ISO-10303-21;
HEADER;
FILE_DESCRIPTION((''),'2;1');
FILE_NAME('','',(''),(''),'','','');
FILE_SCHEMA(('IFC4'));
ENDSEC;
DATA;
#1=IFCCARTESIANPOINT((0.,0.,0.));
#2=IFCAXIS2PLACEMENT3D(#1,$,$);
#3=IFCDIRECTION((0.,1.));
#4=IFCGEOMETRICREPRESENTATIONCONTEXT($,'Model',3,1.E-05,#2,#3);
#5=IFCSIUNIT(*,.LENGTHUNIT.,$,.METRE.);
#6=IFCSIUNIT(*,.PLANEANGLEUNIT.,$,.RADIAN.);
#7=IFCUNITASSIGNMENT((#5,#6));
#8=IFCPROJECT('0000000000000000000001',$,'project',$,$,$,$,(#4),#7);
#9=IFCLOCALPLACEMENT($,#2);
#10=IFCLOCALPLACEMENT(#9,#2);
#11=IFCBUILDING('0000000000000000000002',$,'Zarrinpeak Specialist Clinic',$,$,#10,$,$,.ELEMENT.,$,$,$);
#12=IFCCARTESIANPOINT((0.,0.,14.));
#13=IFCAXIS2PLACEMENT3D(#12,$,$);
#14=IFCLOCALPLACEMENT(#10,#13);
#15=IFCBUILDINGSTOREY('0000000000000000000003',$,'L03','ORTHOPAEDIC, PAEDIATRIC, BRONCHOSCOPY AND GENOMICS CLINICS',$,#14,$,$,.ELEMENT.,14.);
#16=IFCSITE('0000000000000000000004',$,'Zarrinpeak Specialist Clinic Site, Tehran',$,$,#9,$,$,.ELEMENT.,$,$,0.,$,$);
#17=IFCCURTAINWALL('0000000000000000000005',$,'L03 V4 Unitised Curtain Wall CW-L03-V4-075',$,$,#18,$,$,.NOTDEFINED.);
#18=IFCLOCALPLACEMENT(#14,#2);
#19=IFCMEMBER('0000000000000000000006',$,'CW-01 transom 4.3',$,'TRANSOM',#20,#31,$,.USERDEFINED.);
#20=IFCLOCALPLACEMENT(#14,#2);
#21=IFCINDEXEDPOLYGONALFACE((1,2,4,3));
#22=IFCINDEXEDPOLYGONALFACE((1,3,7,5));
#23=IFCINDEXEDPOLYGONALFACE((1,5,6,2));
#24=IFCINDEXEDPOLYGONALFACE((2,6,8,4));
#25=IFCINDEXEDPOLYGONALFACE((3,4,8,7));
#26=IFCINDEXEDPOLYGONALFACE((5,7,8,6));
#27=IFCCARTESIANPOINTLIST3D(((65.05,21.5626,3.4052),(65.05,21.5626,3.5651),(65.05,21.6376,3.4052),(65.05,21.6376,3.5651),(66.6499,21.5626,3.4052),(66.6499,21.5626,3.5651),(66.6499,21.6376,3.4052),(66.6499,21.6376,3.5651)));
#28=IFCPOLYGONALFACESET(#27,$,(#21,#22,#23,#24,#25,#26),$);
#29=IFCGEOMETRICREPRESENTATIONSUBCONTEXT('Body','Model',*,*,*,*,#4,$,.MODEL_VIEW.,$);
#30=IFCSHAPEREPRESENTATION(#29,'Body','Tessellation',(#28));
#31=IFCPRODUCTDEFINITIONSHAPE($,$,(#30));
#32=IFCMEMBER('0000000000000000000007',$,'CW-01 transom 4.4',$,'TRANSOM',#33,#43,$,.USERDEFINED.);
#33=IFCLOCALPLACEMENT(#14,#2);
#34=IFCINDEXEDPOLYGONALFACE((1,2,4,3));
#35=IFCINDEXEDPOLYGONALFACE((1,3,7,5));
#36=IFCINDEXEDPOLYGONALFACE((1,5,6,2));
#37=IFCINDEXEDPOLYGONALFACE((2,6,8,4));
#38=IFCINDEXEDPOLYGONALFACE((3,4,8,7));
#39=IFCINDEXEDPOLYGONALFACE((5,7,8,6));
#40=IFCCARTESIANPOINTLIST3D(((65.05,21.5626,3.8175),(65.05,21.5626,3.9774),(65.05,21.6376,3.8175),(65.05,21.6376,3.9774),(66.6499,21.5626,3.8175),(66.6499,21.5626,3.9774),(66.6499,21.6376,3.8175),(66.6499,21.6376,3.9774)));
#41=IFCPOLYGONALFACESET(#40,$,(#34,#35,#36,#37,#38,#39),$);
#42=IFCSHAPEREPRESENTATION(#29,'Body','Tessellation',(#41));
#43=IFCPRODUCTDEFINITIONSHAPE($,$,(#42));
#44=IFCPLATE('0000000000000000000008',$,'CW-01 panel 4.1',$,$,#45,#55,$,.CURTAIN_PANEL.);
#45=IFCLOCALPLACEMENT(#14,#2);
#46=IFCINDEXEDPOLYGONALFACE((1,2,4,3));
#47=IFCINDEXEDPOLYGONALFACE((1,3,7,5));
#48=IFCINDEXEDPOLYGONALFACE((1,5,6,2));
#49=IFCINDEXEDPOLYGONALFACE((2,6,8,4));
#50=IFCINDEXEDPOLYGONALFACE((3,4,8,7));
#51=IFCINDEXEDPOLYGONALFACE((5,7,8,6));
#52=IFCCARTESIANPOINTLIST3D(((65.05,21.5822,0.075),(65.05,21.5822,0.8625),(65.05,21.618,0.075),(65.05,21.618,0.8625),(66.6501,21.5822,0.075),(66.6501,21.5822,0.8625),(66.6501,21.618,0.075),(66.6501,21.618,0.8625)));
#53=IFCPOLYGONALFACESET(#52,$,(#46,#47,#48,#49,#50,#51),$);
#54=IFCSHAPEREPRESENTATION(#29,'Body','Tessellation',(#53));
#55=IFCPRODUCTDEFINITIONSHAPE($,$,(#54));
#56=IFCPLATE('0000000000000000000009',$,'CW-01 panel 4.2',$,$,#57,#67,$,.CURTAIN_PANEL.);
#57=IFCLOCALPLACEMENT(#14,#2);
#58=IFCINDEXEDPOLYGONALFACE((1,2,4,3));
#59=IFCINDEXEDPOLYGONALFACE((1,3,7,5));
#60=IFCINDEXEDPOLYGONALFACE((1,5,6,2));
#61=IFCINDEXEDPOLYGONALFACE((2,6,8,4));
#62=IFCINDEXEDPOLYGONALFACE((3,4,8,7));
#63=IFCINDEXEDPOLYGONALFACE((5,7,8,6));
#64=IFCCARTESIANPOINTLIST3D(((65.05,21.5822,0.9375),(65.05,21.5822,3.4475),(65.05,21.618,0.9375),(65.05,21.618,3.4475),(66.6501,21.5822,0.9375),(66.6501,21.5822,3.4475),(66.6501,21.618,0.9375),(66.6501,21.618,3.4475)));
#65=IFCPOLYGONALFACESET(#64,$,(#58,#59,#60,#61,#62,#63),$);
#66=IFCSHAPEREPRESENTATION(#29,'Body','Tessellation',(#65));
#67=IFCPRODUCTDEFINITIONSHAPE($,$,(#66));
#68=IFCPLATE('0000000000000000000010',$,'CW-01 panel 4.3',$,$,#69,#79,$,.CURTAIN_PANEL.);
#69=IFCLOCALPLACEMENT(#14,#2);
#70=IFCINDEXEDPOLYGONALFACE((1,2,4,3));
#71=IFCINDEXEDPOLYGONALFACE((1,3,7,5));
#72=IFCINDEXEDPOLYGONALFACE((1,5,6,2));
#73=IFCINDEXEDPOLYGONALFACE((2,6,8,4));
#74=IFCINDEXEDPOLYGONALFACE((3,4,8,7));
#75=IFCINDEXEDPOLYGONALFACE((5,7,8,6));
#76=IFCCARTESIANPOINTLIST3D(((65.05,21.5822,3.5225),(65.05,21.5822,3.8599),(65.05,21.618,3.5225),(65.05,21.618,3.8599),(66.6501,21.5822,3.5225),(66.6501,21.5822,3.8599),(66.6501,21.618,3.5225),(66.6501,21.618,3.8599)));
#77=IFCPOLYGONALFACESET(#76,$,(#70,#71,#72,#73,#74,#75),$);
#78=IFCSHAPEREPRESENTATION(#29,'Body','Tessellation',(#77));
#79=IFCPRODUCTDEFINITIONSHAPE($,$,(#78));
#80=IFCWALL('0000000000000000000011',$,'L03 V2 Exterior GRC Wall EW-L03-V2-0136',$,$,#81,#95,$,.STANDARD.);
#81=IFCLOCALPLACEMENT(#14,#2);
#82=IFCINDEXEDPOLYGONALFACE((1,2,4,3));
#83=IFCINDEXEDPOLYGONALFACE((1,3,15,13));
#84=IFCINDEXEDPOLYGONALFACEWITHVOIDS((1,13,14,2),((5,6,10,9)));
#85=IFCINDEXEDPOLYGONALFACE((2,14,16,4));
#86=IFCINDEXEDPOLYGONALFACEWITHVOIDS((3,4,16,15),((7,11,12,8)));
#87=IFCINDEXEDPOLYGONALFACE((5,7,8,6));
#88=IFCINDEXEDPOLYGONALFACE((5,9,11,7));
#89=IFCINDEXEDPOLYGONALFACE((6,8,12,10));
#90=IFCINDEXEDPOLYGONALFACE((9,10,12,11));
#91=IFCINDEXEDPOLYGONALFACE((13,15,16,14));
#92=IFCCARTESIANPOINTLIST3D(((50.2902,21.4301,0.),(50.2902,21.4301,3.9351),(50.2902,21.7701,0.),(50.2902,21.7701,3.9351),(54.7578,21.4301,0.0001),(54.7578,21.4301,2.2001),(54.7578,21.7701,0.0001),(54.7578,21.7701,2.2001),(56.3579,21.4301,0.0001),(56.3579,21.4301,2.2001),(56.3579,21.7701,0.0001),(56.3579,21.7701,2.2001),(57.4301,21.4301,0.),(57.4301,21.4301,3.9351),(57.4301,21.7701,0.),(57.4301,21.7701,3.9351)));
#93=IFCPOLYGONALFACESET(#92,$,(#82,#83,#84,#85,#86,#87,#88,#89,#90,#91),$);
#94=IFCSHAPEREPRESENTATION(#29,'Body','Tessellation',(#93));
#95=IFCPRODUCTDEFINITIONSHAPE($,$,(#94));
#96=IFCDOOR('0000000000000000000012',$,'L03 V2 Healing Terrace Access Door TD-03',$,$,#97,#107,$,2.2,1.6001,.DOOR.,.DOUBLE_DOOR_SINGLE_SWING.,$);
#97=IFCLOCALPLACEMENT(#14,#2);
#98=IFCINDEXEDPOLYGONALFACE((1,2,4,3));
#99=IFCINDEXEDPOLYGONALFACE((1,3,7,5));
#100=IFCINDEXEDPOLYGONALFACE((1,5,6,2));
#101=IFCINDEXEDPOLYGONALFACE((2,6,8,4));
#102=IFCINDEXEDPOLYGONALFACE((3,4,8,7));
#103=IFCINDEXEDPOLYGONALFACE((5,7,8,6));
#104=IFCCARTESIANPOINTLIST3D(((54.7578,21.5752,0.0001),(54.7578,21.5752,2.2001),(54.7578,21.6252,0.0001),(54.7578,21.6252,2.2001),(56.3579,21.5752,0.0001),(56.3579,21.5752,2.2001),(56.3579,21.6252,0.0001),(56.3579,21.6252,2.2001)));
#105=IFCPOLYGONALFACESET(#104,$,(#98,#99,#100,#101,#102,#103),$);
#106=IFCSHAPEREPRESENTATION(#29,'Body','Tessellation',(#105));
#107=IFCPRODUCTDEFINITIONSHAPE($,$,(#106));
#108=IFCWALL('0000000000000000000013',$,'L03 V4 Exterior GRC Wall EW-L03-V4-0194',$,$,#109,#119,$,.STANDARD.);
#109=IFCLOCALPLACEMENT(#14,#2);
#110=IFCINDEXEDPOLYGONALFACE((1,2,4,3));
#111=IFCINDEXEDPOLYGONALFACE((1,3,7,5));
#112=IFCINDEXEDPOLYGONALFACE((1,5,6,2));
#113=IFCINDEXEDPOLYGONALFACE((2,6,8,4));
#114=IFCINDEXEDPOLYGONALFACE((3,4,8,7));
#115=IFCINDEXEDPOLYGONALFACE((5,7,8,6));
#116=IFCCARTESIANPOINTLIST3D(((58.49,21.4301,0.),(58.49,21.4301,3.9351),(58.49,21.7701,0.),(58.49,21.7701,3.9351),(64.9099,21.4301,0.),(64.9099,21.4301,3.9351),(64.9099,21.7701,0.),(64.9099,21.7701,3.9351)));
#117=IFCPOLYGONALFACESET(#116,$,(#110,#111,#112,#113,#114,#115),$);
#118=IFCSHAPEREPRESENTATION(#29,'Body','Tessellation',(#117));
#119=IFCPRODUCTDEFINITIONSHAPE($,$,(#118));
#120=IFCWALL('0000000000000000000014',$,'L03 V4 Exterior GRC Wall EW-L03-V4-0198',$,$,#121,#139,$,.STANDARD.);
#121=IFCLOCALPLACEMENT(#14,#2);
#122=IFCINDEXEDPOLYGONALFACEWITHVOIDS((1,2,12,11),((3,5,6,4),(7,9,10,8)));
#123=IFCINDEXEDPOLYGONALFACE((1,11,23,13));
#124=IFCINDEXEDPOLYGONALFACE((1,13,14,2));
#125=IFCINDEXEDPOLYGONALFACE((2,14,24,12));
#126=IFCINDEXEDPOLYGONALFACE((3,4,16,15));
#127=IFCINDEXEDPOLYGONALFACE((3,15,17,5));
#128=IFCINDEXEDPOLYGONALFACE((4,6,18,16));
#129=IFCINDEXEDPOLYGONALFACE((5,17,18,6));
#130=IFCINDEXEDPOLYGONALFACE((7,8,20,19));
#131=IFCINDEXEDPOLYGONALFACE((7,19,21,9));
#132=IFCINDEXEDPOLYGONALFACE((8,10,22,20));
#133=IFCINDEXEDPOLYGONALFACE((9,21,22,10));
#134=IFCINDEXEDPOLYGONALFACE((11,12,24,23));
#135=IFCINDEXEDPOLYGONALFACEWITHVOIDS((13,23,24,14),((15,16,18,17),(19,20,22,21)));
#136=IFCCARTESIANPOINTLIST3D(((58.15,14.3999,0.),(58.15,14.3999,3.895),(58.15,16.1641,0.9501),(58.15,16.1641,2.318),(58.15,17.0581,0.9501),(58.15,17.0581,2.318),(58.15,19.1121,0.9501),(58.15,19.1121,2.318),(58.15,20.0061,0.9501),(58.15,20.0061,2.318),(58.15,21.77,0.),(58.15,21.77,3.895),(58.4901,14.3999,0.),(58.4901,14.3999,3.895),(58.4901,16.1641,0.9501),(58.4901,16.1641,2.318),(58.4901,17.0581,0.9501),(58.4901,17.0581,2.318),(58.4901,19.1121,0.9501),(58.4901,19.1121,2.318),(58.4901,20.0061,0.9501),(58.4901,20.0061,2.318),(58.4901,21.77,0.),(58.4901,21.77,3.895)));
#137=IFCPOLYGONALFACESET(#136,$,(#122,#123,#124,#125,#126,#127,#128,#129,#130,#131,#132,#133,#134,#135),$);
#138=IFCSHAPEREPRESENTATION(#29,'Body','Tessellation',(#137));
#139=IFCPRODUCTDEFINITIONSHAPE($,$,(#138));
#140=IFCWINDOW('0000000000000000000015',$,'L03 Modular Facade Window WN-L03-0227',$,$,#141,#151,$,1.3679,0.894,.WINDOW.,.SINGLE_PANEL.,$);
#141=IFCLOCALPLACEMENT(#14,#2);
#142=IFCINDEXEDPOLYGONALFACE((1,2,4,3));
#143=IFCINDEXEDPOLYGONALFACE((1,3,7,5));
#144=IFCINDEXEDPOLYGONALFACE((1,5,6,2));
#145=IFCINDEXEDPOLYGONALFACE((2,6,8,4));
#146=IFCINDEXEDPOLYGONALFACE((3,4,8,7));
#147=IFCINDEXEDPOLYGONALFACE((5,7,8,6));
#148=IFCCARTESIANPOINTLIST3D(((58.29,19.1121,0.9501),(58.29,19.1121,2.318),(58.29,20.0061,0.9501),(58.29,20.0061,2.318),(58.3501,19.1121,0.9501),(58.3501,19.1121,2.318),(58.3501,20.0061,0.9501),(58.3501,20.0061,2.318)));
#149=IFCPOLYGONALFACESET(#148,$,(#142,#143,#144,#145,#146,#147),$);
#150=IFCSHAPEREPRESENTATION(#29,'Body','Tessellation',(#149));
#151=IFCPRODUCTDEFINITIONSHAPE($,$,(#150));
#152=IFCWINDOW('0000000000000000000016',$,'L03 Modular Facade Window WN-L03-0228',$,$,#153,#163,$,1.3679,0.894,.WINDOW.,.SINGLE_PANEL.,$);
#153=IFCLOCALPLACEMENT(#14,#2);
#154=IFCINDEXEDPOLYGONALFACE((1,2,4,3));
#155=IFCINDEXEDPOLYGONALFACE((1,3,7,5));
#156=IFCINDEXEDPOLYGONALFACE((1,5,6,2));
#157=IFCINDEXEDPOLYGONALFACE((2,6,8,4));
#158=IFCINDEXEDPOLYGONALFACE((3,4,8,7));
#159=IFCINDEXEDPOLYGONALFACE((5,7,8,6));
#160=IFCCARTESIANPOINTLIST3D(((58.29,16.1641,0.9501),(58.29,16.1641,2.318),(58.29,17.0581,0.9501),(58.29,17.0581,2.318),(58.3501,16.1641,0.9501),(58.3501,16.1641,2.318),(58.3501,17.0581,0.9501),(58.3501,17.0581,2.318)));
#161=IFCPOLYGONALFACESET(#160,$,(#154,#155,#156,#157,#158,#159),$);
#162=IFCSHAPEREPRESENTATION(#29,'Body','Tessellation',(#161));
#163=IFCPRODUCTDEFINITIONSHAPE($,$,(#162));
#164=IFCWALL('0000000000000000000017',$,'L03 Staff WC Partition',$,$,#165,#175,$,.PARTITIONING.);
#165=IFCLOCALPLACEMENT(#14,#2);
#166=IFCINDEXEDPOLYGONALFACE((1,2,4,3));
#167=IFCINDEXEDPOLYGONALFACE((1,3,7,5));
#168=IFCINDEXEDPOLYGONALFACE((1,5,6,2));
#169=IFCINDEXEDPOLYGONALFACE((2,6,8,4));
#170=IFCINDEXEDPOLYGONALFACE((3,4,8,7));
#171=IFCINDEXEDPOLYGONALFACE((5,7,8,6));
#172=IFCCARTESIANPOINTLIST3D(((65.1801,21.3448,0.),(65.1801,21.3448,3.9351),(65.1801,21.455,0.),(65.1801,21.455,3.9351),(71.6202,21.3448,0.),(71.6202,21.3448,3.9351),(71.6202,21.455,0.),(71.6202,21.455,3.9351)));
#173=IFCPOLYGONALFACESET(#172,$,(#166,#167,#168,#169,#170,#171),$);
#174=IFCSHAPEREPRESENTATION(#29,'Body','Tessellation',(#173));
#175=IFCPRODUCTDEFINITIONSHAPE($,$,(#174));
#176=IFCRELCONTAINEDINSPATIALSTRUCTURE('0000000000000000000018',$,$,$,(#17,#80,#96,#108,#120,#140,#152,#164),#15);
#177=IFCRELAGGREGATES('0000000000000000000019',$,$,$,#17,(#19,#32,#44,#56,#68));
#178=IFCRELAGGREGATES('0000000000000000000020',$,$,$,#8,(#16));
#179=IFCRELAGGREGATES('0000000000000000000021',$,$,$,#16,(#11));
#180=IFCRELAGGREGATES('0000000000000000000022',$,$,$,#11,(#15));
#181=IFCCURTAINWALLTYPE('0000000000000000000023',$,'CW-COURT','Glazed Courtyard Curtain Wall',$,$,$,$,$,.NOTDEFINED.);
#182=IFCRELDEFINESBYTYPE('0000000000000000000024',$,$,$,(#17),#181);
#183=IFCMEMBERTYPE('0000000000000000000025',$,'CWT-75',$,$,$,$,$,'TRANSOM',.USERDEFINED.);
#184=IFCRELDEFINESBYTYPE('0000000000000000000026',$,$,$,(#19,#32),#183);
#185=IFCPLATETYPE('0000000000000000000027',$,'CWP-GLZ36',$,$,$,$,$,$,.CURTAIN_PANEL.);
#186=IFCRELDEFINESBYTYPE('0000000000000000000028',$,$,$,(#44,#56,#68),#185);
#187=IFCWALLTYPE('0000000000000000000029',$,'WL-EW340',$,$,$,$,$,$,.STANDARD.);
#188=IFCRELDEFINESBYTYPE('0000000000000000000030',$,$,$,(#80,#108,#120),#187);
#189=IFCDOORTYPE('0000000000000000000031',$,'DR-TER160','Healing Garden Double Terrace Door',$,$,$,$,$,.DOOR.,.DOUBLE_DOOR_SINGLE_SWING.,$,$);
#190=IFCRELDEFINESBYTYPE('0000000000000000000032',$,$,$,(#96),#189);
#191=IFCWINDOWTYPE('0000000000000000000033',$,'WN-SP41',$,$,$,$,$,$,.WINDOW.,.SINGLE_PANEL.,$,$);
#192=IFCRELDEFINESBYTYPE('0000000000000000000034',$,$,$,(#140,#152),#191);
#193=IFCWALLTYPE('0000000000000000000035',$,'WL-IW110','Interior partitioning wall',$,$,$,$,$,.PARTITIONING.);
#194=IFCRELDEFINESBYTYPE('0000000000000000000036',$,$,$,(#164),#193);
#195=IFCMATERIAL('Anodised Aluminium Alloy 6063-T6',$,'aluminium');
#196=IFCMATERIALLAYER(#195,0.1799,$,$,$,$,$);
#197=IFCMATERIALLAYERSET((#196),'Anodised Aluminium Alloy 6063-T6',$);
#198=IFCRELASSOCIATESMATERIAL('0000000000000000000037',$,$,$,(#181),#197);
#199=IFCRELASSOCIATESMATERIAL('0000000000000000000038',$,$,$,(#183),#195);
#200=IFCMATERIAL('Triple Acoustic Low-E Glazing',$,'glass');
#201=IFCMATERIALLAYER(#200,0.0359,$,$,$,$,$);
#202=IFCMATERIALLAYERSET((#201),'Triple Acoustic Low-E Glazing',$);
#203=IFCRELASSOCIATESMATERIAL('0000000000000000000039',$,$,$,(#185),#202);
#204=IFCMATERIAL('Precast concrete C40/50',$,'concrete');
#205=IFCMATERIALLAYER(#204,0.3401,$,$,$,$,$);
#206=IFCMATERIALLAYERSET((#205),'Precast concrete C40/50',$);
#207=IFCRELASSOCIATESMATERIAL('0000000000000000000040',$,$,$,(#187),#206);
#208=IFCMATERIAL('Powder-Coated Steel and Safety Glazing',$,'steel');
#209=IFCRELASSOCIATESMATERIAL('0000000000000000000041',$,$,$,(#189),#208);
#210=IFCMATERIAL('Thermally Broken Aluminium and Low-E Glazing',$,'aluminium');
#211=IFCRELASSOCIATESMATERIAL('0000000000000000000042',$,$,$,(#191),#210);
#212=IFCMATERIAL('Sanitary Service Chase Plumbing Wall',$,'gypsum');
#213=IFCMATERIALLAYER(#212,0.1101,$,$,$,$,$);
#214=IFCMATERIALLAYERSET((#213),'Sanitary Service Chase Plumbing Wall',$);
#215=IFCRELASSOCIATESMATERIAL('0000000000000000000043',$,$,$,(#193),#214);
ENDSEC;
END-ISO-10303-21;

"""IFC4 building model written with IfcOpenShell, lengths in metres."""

from ifc_helpers import new_model, si_unit, direction, frame, frame_2d, origin, origin_2d, place, context, subcontext, project, spatial, rectangle, extrude, material, layer, layer_set, material_profile, profile_set, type_object, element, fill, aggregate, save


model = new_model("IFC4")

# Units and contexts
model_context = context("Model", 3, precision=1e-05, world=origin(), true_north=direction((0.0, 1.0)))
body_context = subcontext(model_context, "Body", "Model", "MODEL_VIEW")
ifc_project = project(units=[si_unit("LENGTHUNIT", "METRE"), si_unit("PLANEANGLEUNIT", "RADIAN")], contexts=[model_context])

# Site, building, storey
site_placement = place(None, origin())
site = spatial("IfcSite", under=ifc_project, at=site_placement, Name="Zarrinpeak Specialist Clinic Site, Tehran", CompositionType="ELEMENT", RefElevation=0.0)
building_placement = place(site_placement, origin())
building = spatial("IfcBuilding", under=site, at=building_placement, Name="Zarrinpeak Specialist Clinic", CompositionType="ELEMENT")
storey_placement = place(building_placement, frame((0.0, 0.0, 14.0)))
storey = spatial("IfcBuildingStorey", under=building, at=storey_placement, Name="L03", Description="ORTHOPAEDIC, PAEDIATRIC, BRONCHOSCOPY AND GENOMICS CLINICS", CompositionType="ELEMENT", Elevation=14.0)

# Curtain wall, members, plates
ifc_material_1 = material(Name="Anodised Aluminium Alloy 6063-T6", Category="aluminium")
ifc_layer_1 = layer(ifc_material_1, 0.1799)
ifc_layer_set_1 = layer_set([ifc_layer_1], Name="Anodised Aluminium Alloy 6063-T6")
curtain_wall_type = type_object("IfcCurtainWallType", Name="CW-COURT", Description="Glazed Courtyard Curtain Wall", PredefinedType="NOTDEFINED", material=ifc_layer_set_1)
curtain_wall_placement = place(storey_placement, origin())
curtain_wall = element("IfcCurtainWall", 1, at=curtain_wall_placement, inside=storey, type_object=curtain_wall_type, Name="L03 V4 Unitised Curtain Wall CW-L03-V4-075", PredefinedType="NOTDEFINED")
ifc_material_profile_1 = material_profile(ifc_material_1, rectangle(XDim=0.075, YDim=0.1599, at=origin_2d()), Name="ALU 75x160")
ifc_profile_set_1 = profile_set([ifc_material_profile_1], Name="Anodised Aluminium Alloy 6063-T6")
member_type_1 = type_object("IfcMemberType", Name="CWT-75", ElementType="TRANSOM", PredefinedType="USERDEFINED", material=ifc_profile_set_1)
member_1_placement = place(storey_placement, frame((66.6499, 21.6001, 3.4851), z_axis=(-1.0, 0.0, 0.0), x_axis=(0.0, -1.0, 0.0)))
member_1 = element("IfcMember", 2, at=member_1_placement, type_object=member_type_1, Name="CW-01 transom 4.3", ObjectType="TRANSOM", PredefinedType="USERDEFINED", context=body_context, shape_type="SweptSolid", body=[
    extrude(rectangle(XDim=0.075, YDim=0.1599, at=origin_2d()), origin(), (0.0, 0.0, 1.0), 1.5999),
])
member_2_placement = place(storey_placement, frame((66.6499, 21.6001, 3.8975), z_axis=(-1.0, 0.0, 0.0), x_axis=(0.0, -1.0, 0.0)))
member_2 = element("IfcMember", 3, at=member_2_placement, type_object=member_type_1, Name="CW-01 transom 4.4", ObjectType="TRANSOM", PredefinedType="USERDEFINED", context=body_context, shape_type="SweptSolid", body=[
    extrude(rectangle(XDim=0.075, YDim=0.1599, at=origin_2d()), origin(), (0.0, 0.0, 1.0), 1.5999),
])
ifc_material_2 = material(Name="Triple Acoustic Low-E Glazing", Category="glass")
ifc_layer_2 = layer(ifc_material_2, 0.0359)
ifc_layer_set_2 = layer_set([ifc_layer_2], Name="Triple Acoustic Low-E Glazing")
plate_type = type_object("IfcPlateType", Name="CWP-GLZ36", PredefinedType="CURTAIN_PANEL", material=ifc_layer_set_2)
plate_1_placement = place(storey_placement, frame((65.8501, 21.6001, 0.075), z_axis=(0.0, 0.0, 1.0), x_axis=(-1.0, 0.0, 0.0)))
plate_1 = element("IfcPlate", 4, at=plate_1_placement, type_object=plate_type, Name="CW-01 panel 4.1", PredefinedType="CURTAIN_PANEL", context=body_context, shape_type="SweptSolid", body=[
    extrude(rectangle(XDim=1.6001, YDim=0.0359, at=origin_2d()), origin(), (0.0, 0.0, 1.0), 0.7876),
])
plate_2_placement = place(storey_placement, frame((65.8501, 21.6001, 0.9375), z_axis=(0.0, 0.0, 1.0), x_axis=(-1.0, 0.0, 0.0)))
plate_2 = element("IfcPlate", 5, at=plate_2_placement, type_object=plate_type, Name="CW-01 panel 4.2", PredefinedType="CURTAIN_PANEL", context=body_context, shape_type="SweptSolid", body=[
    extrude(rectangle(XDim=1.6001, YDim=0.0359, at=origin_2d()), origin(), (0.0, 0.0, 1.0), 2.51),
])
plate_3_placement = place(storey_placement, frame((65.8501, 21.6001, 3.5225), z_axis=(0.0, 0.0, 1.0), x_axis=(-1.0, 0.0, 0.0)))
plate_3 = element("IfcPlate", 6, at=plate_3_placement, type_object=plate_type, Name="CW-01 panel 4.3", PredefinedType="CURTAIN_PANEL", context=body_context, shape_type="SweptSolid", body=[
    extrude(rectangle(XDim=1.6001, YDim=0.0359, at=origin_2d()), origin(), (0.0, 0.0, 1.0), 0.3374),
])
aggregate(curtain_wall, [member_1, member_2, plate_1, plate_2, plate_3])

# Wall, opening, door
ifc_material_3 = material(Name="Precast concrete C40/50", Category="concrete")
ifc_layer_3 = layer(ifc_material_3, 0.3401)
ifc_layer_set_3 = layer_set([ifc_layer_3], Name="Precast concrete C40/50")
wall_type_1 = type_object("IfcWallType", Name="WL-EW340", PredefinedType="STANDARD", material=ifc_layer_set_3)
wall_1_placement = place(storey_placement, frame((57.4299, 21.6001, 0.0), z_axis=(0.0, 0.0, 1.0), x_axis=(-1.0, 0.0, 0.0)))
wall_1 = element("IfcWall", 7, at=wall_1_placement, inside=storey, type_object=wall_type_1, Name="L03 V2 Exterior GRC Wall EW-L03-V2-0136", PredefinedType="STANDARD", context=body_context, shape_type="SweptSolid", body=[
    extrude(rectangle(XDim=7.1399, YDim=0.3401, at=frame_2d((3.5698, 0.0))), origin(), (0.0, 0.0, 1.0), 3.9351),
])
opening_1_placement = place(wall_1_placement, frame((1.072, 0.0, 0.0)))
opening_1 = element("IfcOpeningElement", 8, at=opening_1_placement, cuts=wall_1, PredefinedType="OPENING", context=body_context, shape_type="SweptSolid", body=[
    extrude(rectangle(XDim=1.6001, YDim=2.2, at=frame_2d((0.8, 1.1001))), frame((0.0, 0.1802, 0.0), z_axis=(0.0, -1.0, 0.0), x_axis=(1.0, 0.0, 0.0)), (0.0, 0.0, 1.0), 0.3601),
])
ifc_material_4 = material(Name="Powder-Coated Steel and Safety Glazing", Category="steel")
door_type = type_object("IfcDoorType", Name="DR-TER160", Description="Healing Garden Double Terrace Door", OperationType="DOUBLE_DOOR_SINGLE_SWING", PredefinedType="DOOR", material=ifc_material_4)
door_placement = place(opening_1_placement, origin())
door = element("IfcDoor", 9, at=door_placement, inside=storey, type_object=door_type, Name="L03 V2 Healing Terrace Access Door TD-03", OperationType="DOUBLE_DOOR_SINGLE_SWING", OverallHeight=2.2, OverallWidth=1.6001, PredefinedType="DOOR", context=body_context, shape_type="SweptSolid", body=[
    extrude(rectangle(XDim=1.6001, YDim=2.2, at=frame_2d((0.8, 1.1001))), frame((0.0, 0.0249, 0.0), z_axis=(0.0, -1.0, 0.0), x_axis=(1.0, 0.0, 0.0)), (0.0, 0.0, 1.0), 0.05),
])
fill(opening_1, door)

# Wall
wall_2_placement = place(storey_placement, frame((64.9099, 21.6001, 0.0), z_axis=(0.0, 0.0, 1.0), x_axis=(-1.0, 0.0, 0.0)))
element("IfcWall", 10, at=wall_2_placement, inside=storey, type_object=wall_type_1, Name="L03 V4 Exterior GRC Wall EW-L03-V4-0194", PredefinedType="STANDARD", context=body_context, shape_type="SweptSolid", body=[
    extrude(rectangle(XDim=6.4199, YDim=0.3401, at=frame_2d((3.21, 0.0))), origin(), (0.0, 0.0, 1.0), 3.9351),
])

# Wall, openings, windows
wall_3_placement = place(storey_placement, frame((58.3201, 21.77, 0.0), z_axis=(0.0, 0.0, 1.0), x_axis=(0.0, -1.0, 0.0)))
wall_3 = element("IfcWall", 11, at=wall_3_placement, inside=storey, type_object=wall_type_1, Name="L03 V4 Exterior GRC Wall EW-L03-V4-0198", PredefinedType="STANDARD", context=body_context, shape_type="SweptSolid", body=[
    extrude(rectangle(XDim=7.3701, YDim=0.3401, at=frame_2d((3.6851, 0.0))), origin(), (0.0, 0.0, 1.0), 3.895),
])
opening_2_placement = place(wall_3_placement, frame((1.7639, 0.0, 0.95)))
opening_2 = element("IfcOpeningElement", 12, at=opening_2_placement, cuts=wall_3, PredefinedType="OPENING", context=body_context, shape_type="SweptSolid", body=[
    extrude(rectangle(XDim=0.894, YDim=1.3679, at=frame_2d((0.447, 0.6841))), frame((0.0, 0.1802, 0.0), z_axis=(0.0, -1.0, 0.0), x_axis=(1.0, 0.0, 0.0)), (0.0, 0.0, 1.0), 0.3601),
])
opening_3_placement = place(wall_3_placement, frame((4.7119, 0.0, 0.95)))
opening_3 = element("IfcOpeningElement", 13, at=opening_3_placement, cuts=wall_3, PredefinedType="OPENING", context=body_context, shape_type="SweptSolid", body=[
    extrude(rectangle(XDim=0.894, YDim=1.3679, at=frame_2d((0.447, 0.6841))), frame((0.0, 0.1802, 0.0), z_axis=(0.0, -1.0, 0.0), x_axis=(1.0, 0.0, 0.0)), (0.0, 0.0, 1.0), 0.3601),
])
ifc_material_5 = material(Name="Thermally Broken Aluminium and Low-E Glazing", Category="aluminium")
window_type = type_object("IfcWindowType", Name="WN-SP41", PartitioningType="SINGLE_PANEL", PredefinedType="WINDOW", material=ifc_material_5)
window_1_placement = place(opening_2_placement, origin())
window_1 = element("IfcWindow", 14, at=window_1_placement, inside=storey, type_object=window_type, Name="L03 Modular Facade Window WN-L03-0227", OverallHeight=1.3679, OverallWidth=0.894, PartitioningType="SINGLE_PANEL", PredefinedType="WINDOW", context=body_context, shape_type="SweptSolid", body=[
    extrude(rectangle(XDim=0.894, YDim=1.3679, at=frame_2d((0.447, 0.6841))), frame((0.0, 0.03, 0.0), z_axis=(0.0, -1.0, 0.0), x_axis=(1.0, 0.0, 0.0)), (0.0, 0.0, 1.0), 0.0601),
])
fill(opening_2, window_1)
window_2_placement = place(opening_3_placement, origin())
window_2 = element("IfcWindow", 15, at=window_2_placement, inside=storey, type_object=window_type, Name="L03 Modular Facade Window WN-L03-0228", OverallHeight=1.3679, OverallWidth=0.894, PartitioningType="SINGLE_PANEL", PredefinedType="WINDOW", context=body_context, shape_type="SweptSolid", body=[
    extrude(rectangle(XDim=0.894, YDim=1.3679, at=frame_2d((0.447, 0.6841))), frame((0.0, 0.03, 0.0), z_axis=(0.0, -1.0, 0.0), x_axis=(1.0, 0.0, 0.0)), (0.0, 0.0, 1.0), 0.0601),
])
fill(opening_3, window_2)

# Wall
ifc_material_6 = material(Name="Sanitary Service Chase Plumbing Wall", Category="gypsum")
ifc_layer_4 = layer(ifc_material_6, 0.1101)
ifc_layer_set_4 = layer_set([ifc_layer_4], Name="Sanitary Service Chase Plumbing Wall")
wall_type_2 = type_object("IfcWallType", Name="WL-IW110", Description="Interior partitioning wall", PredefinedType="PARTITIONING", material=ifc_layer_set_4)
wall_4_placement = place(storey_placement, frame((65.1799, 21.3999, 0.0), z_axis=(0.0, 0.0, 1.0), x_axis=(1.0, 0.0, 0.0)))
element("IfcWall", 16, at=wall_4_placement, inside=storey, type_object=wall_type_2, Name="L03 Staff WC Partition", PredefinedType="PARTITIONING", context=body_context, shape_type="SweptSolid", body=[
    extrude(rectangle(XDim=6.4402, YDim=0.1101, at=frame_2d((3.2202, 0.0))), origin(), (0.0, 0.0, 1.0), 3.9351),
])

save(model, "model.ifc")
